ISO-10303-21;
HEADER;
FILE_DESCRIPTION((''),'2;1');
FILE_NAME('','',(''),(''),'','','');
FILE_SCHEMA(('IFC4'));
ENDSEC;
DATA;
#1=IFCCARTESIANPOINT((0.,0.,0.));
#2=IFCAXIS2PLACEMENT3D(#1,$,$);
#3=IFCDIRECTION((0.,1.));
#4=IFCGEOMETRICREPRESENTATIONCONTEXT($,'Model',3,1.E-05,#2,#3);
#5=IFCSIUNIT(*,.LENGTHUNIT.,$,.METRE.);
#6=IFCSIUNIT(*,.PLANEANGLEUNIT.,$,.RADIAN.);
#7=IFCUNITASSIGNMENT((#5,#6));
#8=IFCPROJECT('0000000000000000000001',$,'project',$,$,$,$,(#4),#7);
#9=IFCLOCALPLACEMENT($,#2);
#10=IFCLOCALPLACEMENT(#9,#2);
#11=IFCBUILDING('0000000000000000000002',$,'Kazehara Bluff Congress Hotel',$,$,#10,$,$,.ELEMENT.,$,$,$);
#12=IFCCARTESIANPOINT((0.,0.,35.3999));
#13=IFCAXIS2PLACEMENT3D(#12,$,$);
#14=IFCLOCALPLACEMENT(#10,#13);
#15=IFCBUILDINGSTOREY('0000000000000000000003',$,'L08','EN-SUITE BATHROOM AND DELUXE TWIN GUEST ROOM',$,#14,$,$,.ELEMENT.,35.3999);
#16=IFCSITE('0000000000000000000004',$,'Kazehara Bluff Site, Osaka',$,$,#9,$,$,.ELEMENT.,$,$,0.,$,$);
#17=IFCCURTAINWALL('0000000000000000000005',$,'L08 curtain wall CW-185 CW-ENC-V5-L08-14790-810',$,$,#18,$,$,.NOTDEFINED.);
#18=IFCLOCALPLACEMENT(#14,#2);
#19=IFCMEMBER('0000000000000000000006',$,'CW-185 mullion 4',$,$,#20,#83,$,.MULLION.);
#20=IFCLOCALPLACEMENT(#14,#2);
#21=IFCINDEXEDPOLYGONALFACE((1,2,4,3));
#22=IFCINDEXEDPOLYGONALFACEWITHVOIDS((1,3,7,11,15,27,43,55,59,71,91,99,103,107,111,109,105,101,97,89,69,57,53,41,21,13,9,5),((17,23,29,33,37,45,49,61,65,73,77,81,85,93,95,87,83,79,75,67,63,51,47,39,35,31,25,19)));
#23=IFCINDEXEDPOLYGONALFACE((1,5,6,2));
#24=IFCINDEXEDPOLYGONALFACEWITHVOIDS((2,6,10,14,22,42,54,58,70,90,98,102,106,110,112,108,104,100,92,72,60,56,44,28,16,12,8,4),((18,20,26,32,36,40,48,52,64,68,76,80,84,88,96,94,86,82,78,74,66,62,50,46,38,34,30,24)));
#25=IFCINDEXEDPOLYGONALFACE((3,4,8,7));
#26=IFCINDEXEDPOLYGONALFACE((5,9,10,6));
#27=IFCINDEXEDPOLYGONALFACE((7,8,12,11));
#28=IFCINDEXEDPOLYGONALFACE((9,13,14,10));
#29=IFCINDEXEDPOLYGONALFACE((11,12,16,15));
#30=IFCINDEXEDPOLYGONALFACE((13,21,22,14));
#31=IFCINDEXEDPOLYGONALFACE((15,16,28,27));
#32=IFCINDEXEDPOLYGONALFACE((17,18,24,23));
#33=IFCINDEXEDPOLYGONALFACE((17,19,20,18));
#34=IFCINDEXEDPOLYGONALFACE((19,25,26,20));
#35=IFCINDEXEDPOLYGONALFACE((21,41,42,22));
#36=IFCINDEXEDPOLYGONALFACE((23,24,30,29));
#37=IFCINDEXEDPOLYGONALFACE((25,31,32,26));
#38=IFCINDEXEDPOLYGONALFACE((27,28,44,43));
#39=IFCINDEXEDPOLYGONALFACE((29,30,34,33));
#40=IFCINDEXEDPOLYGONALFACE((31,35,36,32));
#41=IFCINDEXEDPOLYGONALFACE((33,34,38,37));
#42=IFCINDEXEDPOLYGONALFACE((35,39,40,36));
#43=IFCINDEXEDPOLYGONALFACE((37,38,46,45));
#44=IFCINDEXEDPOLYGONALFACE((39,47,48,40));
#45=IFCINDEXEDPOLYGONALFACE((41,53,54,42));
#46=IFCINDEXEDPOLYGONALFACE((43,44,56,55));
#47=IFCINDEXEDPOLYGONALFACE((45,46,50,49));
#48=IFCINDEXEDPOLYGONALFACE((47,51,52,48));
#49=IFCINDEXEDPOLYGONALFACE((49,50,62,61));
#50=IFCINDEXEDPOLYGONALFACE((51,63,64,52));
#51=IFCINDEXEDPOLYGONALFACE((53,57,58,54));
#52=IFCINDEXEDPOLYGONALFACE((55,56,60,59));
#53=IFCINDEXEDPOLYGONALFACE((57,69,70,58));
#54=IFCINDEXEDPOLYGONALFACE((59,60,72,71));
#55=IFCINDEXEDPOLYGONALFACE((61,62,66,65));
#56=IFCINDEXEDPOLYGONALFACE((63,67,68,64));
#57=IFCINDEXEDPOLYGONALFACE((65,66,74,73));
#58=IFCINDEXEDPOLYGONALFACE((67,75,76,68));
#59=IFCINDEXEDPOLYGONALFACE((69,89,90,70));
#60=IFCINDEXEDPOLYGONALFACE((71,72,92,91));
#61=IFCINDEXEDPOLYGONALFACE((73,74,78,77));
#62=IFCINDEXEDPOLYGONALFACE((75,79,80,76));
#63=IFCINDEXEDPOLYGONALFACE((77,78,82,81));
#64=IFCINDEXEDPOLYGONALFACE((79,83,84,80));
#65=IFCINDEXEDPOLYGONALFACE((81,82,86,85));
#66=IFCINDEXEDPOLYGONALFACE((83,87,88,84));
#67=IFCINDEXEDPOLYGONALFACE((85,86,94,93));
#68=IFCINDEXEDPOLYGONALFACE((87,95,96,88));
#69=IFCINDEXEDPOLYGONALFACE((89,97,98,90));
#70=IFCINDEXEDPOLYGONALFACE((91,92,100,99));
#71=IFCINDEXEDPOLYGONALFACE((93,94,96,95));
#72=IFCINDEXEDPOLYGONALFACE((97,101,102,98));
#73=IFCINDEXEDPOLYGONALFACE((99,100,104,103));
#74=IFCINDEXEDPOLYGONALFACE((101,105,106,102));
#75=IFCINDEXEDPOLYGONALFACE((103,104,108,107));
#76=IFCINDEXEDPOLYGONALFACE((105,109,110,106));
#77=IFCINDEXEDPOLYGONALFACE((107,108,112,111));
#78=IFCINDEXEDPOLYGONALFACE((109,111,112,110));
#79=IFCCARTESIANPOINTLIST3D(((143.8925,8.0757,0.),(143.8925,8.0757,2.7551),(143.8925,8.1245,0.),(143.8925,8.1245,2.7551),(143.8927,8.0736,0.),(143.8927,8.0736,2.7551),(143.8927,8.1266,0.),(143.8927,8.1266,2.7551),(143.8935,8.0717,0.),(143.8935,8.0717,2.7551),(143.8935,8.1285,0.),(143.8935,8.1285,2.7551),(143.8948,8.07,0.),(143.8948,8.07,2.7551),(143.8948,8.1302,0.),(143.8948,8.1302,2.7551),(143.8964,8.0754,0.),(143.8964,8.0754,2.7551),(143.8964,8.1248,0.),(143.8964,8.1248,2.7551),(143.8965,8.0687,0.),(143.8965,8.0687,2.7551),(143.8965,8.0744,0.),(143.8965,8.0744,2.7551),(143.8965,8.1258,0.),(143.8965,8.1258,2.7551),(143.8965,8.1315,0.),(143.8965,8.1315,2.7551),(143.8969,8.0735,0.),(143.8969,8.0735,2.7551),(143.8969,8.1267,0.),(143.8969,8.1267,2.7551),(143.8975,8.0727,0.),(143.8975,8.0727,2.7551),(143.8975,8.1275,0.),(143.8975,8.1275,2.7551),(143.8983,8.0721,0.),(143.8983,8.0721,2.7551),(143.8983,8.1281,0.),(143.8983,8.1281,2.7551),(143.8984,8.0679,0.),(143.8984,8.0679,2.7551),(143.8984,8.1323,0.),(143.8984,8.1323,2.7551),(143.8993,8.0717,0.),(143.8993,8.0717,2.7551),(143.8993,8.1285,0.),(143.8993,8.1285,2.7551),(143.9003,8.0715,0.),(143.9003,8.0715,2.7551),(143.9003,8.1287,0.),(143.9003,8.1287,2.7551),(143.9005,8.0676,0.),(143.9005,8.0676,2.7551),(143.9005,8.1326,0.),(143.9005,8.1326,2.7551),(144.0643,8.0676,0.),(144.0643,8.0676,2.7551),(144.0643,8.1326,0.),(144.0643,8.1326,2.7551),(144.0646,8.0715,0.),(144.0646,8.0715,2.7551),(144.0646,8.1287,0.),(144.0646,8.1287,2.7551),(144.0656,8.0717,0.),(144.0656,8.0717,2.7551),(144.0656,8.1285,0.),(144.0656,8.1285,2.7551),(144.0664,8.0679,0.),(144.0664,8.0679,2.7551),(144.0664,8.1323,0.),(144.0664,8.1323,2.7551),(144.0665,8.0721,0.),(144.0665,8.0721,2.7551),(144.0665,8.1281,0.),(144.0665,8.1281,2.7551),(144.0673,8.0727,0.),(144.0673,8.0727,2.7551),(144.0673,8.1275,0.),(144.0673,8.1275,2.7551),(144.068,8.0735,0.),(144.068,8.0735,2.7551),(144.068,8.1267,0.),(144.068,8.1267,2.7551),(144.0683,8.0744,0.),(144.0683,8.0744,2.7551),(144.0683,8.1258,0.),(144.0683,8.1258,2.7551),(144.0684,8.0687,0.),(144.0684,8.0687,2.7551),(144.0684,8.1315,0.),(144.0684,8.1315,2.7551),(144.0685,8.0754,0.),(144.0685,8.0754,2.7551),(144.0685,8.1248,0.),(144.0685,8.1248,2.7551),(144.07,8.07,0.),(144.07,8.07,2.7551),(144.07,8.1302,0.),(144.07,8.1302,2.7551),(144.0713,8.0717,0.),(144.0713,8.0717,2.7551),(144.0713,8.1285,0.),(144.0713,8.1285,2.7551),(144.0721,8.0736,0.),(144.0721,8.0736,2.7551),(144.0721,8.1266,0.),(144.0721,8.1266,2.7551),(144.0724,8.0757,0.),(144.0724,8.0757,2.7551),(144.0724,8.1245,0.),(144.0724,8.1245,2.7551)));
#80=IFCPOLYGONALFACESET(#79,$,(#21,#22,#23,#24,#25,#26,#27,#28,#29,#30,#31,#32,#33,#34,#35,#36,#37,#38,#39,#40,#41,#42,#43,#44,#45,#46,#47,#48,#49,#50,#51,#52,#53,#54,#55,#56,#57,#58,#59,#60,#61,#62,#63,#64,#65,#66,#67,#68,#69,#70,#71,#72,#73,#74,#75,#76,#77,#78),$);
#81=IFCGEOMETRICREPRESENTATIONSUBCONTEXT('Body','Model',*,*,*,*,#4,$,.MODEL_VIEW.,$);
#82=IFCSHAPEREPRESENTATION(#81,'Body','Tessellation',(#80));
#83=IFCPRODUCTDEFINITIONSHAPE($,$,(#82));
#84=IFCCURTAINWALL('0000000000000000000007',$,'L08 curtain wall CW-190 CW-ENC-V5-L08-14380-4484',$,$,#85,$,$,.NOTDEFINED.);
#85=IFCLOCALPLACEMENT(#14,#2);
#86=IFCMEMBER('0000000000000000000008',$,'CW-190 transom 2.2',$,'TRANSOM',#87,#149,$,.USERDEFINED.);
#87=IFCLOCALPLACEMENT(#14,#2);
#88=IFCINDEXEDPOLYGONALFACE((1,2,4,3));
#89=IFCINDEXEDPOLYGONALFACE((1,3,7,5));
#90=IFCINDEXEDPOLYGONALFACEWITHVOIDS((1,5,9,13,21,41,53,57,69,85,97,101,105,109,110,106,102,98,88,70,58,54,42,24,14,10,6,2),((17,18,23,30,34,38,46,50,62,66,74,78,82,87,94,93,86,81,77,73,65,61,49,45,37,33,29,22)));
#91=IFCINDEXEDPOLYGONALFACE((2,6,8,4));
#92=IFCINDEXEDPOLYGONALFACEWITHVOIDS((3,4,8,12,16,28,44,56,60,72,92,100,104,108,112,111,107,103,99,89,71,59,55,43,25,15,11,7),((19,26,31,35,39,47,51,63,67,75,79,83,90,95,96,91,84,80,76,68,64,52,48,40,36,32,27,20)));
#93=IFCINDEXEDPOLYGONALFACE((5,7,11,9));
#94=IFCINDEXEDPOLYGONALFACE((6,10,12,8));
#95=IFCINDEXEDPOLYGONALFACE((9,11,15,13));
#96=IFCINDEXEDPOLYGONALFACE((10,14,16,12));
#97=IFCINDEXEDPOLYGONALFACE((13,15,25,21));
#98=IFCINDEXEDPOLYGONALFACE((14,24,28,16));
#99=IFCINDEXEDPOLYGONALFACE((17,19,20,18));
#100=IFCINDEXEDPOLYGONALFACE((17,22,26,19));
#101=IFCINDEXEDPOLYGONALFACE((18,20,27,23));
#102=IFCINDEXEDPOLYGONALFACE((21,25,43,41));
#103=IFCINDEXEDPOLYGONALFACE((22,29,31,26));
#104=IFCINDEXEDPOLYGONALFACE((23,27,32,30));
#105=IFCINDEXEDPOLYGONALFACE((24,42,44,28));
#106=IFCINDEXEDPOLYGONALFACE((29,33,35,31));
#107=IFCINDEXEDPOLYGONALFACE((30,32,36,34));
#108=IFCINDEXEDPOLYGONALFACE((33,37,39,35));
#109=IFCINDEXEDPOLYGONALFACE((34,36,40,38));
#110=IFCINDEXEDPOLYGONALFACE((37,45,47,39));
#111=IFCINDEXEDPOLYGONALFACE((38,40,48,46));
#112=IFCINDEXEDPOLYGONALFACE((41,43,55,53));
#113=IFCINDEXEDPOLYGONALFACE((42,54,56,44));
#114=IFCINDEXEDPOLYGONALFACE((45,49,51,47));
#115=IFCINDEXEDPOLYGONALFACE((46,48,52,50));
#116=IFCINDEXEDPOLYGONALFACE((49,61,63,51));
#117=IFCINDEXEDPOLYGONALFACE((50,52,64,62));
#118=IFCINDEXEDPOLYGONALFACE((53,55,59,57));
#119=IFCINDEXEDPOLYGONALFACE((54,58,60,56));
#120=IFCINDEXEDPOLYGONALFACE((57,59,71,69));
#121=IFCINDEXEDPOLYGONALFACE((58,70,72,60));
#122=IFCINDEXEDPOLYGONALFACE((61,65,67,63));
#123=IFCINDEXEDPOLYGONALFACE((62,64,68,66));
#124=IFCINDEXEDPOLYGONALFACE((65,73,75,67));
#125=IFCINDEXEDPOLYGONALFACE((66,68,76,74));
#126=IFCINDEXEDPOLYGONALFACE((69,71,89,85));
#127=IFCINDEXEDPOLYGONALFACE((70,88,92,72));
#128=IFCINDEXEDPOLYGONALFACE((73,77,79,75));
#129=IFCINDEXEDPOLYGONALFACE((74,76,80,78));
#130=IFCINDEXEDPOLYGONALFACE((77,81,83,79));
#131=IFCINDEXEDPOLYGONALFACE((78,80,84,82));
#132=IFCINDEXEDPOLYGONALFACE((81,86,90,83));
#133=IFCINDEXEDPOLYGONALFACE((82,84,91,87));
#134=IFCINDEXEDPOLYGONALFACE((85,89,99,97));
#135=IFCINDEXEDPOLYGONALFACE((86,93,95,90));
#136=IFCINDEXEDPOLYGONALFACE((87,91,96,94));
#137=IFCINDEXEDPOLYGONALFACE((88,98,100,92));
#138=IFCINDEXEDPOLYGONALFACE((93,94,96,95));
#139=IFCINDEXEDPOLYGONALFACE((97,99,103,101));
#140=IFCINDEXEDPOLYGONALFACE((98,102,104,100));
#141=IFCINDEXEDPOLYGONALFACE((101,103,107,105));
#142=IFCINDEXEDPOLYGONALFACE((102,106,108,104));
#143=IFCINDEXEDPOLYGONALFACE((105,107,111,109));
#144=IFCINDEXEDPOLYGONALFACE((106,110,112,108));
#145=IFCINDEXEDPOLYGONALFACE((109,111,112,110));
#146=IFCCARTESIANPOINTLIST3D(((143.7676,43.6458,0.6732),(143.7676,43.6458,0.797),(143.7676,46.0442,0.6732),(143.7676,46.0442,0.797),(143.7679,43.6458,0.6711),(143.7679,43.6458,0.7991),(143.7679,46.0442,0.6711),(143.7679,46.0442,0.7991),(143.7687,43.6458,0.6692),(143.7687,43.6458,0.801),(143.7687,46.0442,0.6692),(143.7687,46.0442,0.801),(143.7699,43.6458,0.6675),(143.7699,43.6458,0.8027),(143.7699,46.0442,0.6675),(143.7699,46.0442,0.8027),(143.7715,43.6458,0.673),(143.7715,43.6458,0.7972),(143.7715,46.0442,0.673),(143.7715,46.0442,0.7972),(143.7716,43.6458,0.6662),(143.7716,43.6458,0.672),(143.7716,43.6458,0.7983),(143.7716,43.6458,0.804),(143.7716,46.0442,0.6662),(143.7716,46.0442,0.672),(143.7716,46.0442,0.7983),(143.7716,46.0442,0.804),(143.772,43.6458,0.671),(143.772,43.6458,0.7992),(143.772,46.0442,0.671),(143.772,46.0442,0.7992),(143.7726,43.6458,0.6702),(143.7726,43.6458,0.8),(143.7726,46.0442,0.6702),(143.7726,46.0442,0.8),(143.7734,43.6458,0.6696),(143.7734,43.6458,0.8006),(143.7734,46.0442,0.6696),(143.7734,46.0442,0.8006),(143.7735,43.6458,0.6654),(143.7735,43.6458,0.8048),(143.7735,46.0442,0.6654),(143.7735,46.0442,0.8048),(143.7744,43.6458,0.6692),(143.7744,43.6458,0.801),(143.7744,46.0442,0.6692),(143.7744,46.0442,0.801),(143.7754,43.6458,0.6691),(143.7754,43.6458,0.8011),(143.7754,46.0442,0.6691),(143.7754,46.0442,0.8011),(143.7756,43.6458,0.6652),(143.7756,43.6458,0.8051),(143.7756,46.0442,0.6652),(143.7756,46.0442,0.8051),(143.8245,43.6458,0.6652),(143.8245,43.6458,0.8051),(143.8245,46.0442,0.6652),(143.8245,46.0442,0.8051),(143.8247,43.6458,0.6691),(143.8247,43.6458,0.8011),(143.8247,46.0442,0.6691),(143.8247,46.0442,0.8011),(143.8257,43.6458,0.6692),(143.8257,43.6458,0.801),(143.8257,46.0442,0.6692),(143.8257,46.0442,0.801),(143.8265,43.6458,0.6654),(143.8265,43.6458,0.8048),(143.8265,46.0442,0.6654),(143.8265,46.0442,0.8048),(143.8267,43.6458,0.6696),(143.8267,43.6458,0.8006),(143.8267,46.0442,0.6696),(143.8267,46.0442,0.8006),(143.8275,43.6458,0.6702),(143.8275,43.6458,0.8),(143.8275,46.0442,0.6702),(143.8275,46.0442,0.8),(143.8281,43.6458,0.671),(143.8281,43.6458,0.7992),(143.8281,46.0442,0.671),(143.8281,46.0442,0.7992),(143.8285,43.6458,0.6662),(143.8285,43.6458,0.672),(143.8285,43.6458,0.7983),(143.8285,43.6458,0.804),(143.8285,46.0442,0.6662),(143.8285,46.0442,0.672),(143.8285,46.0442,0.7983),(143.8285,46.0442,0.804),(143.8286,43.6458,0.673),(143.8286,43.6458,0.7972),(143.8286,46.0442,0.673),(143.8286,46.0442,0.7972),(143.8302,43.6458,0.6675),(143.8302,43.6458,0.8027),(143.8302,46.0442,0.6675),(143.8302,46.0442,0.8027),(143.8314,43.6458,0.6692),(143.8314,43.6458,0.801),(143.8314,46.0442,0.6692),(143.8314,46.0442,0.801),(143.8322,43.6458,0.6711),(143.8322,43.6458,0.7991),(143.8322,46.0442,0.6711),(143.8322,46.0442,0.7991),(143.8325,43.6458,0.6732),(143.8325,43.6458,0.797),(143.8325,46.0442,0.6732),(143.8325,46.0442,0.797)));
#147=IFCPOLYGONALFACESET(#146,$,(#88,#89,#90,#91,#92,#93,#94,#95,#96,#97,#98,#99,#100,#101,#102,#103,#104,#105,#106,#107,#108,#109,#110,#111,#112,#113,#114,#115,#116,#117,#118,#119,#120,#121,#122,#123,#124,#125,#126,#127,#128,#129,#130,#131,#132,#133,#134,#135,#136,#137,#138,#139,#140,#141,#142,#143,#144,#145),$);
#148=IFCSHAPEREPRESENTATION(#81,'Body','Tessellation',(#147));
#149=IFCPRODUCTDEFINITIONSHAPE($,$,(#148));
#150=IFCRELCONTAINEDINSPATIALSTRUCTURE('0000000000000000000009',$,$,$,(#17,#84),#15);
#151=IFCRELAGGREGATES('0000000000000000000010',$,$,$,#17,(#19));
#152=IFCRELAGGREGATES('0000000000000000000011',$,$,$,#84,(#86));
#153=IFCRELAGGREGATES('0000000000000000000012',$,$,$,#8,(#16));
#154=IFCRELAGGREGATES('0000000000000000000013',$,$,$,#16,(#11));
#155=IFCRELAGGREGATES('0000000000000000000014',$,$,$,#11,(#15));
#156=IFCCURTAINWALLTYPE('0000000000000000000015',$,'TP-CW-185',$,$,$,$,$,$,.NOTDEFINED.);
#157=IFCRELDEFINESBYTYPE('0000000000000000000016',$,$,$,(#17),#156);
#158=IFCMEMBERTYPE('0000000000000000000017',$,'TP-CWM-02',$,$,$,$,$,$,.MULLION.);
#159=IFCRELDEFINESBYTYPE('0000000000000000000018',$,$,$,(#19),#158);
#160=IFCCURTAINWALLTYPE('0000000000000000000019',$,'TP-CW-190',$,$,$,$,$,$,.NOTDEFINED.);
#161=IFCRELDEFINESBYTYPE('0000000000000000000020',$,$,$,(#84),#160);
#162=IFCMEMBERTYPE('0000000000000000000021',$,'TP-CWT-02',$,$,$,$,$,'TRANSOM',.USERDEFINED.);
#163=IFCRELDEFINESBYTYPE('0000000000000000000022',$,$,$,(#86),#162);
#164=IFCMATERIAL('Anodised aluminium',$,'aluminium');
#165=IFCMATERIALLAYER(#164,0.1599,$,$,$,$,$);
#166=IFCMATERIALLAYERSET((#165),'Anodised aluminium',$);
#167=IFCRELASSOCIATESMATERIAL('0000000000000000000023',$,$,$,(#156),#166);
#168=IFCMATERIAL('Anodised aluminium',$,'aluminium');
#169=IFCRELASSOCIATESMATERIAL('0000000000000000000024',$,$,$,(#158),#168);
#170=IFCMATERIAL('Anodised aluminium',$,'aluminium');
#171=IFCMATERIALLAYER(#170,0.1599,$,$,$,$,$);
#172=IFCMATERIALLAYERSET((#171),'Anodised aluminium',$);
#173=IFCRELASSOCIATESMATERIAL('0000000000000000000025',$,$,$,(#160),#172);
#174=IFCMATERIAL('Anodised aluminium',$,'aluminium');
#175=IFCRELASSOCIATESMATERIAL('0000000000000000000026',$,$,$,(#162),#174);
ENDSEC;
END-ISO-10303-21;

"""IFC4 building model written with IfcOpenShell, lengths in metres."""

from ifc_helpers import new_model, si_unit, direction, frame, origin, origin_2d, place, context, subcontext, project, spatial, hollow_rectangle, extrude, material, layer, layer_set, material_profile, profile_set, type_object, element, aggregate, save


model = new_model("IFC4")

# Units and contexts
model_context = context("Model", 3, precision=1e-05, world=origin(), true_north=direction((0.0, 1.0)))
body_context = subcontext(model_context, "Body", "Model", "MODEL_VIEW")
ifc_project = project(units=[si_unit("LENGTHUNIT", "METRE"), si_unit("PLANEANGLEUNIT", "RADIAN")], contexts=[model_context])

# Site, building, storey
site_placement = place(None, origin())
site = spatial("IfcSite", under=ifc_project, at=site_placement, Name="Kazehara Bluff Site, Osaka", CompositionType="ELEMENT", RefElevation=0.0)
building_placement = place(site_placement, origin())
building = spatial("IfcBuilding", under=site, at=building_placement, Name="Kazehara Bluff Congress Hotel", CompositionType="ELEMENT")
storey_placement = place(building_placement, frame((0.0, 0.0, 35.3999)))
storey = spatial("IfcBuildingStorey", under=building, at=storey_placement, Name="L08", Description="EN-SUITE BATHROOM AND DELUXE TWIN GUEST ROOM", CompositionType="ELEMENT", Elevation=35.3999)

# Curtain wall, member
ifc_material_1 = material(Name="Anodised aluminium", Category="aluminium")
ifc_layer_1 = layer(ifc_material_1, 0.1599)
ifc_layer_set_1 = layer_set([ifc_layer_1], Name="Anodised aluminium")
curtain_wall_type_1 = type_object("IfcCurtainWallType", Name="TP-CW-185", PredefinedType="NOTDEFINED", material=ifc_layer_set_1)
curtain_wall_1_placement = place(storey_placement, origin())
curtain_wall_1 = element("IfcCurtainWall", 1, at=curtain_wall_1_placement, inside=storey, type_object=curtain_wall_type_1, Name="L08 curtain wall CW-185 CW-ENC-V5-L08-14790-810", PredefinedType="NOTDEFINED")
ifc_material_2 = material(Name="Anodised aluminium", Category="aluminium")
ifc_material_profile_1 = material_profile(ifc_material_2, hollow_rectangle(XDim=0.0649, YDim=0.1799, WallThickness=0.0039, InnerFilletRadius=0.0039, OuterFilletRadius=0.0081, at=origin_2d()))
ifc_profile_set_1 = profile_set([ifc_material_profile_1], Name="Anodised aluminium")
member_type_1 = type_object("IfcMemberType", Name="TP-CWM-02", PredefinedType="MULLION", material=ifc_profile_set_1)
member_1_placement = place(storey_placement, frame((143.9824, 8.1001, 0.0), z_axis=(0.0, 0.0, 1.0), x_axis=(0.0, -1.0, 0.0)))
member_1 = element("IfcMember", 2, at=member_1_placement, type_object=member_type_1, Name="CW-185 mullion 4", PredefinedType="MULLION", context=body_context, shape_type="SweptSolid", body=[
    extrude(hollow_rectangle(XDim=0.0649, YDim=0.1799, WallThickness=0.0039, InnerFilletRadius=0.0039, OuterFilletRadius=0.0081, at=origin_2d()), origin(), (0.0, 0.0, 1.0), 2.7551),
])
aggregate(curtain_wall_1, [member_1])

# Curtain wall, member
ifc_material_3 = material(Name="Anodised aluminium", Category="aluminium")
ifc_layer_2 = layer(ifc_material_3, 0.1599)
ifc_layer_set_2 = layer_set([ifc_layer_2], Name="Anodised aluminium")
curtain_wall_type_2 = type_object("IfcCurtainWallType", Name="TP-CW-190", PredefinedType="NOTDEFINED", material=ifc_layer_set_2)
curtain_wall_2_placement = place(storey_placement, origin())
curtain_wall_2 = element("IfcCurtainWall", 3, at=curtain_wall_2_placement, inside=storey, type_object=curtain_wall_type_2, Name="L08 curtain wall CW-190 CW-ENC-V5-L08-14380-4484", PredefinedType="NOTDEFINED")
ifc_material_4 = material(Name="Anodised aluminium", Category="aluminium")
ifc_material_profile_2 = material_profile(ifc_material_4, hollow_rectangle(XDim=0.0649, YDim=0.1399, WallThickness=0.0039, InnerFilletRadius=0.0039, OuterFilletRadius=0.0081, at=origin_2d()))
ifc_profile_set_2 = profile_set([ifc_material_profile_2], Name="Anodised aluminium")
member_type_2 = type_object("IfcMemberType", Name="TP-CWT-02", ElementType="TRANSOM", PredefinedType="USERDEFINED", material=ifc_profile_set_2)
member_2_placement = place(storey_placement, frame((143.8, 43.6458, 0.7351), z_axis=(0.0, 1.0, 0.0), x_axis=(-1.0, 0.0, 0.0)))
member_2 = element("IfcMember", 4, at=member_2_placement, type_object=member_type_2, Name="CW-190 transom 2.2", ObjectType="TRANSOM", PredefinedType="USERDEFINED", context=body_context, shape_type="SweptSolid", body=[
    extrude(hollow_rectangle(XDim=0.0649, YDim=0.1399, WallThickness=0.0039, InnerFilletRadius=0.0039, OuterFilletRadius=0.0081, at=origin_2d()), origin(), (0.0, 0.0, 1.0), 2.3984),
])
aggregate(curtain_wall_2, [member_2])

save(model, "model.ifc")
